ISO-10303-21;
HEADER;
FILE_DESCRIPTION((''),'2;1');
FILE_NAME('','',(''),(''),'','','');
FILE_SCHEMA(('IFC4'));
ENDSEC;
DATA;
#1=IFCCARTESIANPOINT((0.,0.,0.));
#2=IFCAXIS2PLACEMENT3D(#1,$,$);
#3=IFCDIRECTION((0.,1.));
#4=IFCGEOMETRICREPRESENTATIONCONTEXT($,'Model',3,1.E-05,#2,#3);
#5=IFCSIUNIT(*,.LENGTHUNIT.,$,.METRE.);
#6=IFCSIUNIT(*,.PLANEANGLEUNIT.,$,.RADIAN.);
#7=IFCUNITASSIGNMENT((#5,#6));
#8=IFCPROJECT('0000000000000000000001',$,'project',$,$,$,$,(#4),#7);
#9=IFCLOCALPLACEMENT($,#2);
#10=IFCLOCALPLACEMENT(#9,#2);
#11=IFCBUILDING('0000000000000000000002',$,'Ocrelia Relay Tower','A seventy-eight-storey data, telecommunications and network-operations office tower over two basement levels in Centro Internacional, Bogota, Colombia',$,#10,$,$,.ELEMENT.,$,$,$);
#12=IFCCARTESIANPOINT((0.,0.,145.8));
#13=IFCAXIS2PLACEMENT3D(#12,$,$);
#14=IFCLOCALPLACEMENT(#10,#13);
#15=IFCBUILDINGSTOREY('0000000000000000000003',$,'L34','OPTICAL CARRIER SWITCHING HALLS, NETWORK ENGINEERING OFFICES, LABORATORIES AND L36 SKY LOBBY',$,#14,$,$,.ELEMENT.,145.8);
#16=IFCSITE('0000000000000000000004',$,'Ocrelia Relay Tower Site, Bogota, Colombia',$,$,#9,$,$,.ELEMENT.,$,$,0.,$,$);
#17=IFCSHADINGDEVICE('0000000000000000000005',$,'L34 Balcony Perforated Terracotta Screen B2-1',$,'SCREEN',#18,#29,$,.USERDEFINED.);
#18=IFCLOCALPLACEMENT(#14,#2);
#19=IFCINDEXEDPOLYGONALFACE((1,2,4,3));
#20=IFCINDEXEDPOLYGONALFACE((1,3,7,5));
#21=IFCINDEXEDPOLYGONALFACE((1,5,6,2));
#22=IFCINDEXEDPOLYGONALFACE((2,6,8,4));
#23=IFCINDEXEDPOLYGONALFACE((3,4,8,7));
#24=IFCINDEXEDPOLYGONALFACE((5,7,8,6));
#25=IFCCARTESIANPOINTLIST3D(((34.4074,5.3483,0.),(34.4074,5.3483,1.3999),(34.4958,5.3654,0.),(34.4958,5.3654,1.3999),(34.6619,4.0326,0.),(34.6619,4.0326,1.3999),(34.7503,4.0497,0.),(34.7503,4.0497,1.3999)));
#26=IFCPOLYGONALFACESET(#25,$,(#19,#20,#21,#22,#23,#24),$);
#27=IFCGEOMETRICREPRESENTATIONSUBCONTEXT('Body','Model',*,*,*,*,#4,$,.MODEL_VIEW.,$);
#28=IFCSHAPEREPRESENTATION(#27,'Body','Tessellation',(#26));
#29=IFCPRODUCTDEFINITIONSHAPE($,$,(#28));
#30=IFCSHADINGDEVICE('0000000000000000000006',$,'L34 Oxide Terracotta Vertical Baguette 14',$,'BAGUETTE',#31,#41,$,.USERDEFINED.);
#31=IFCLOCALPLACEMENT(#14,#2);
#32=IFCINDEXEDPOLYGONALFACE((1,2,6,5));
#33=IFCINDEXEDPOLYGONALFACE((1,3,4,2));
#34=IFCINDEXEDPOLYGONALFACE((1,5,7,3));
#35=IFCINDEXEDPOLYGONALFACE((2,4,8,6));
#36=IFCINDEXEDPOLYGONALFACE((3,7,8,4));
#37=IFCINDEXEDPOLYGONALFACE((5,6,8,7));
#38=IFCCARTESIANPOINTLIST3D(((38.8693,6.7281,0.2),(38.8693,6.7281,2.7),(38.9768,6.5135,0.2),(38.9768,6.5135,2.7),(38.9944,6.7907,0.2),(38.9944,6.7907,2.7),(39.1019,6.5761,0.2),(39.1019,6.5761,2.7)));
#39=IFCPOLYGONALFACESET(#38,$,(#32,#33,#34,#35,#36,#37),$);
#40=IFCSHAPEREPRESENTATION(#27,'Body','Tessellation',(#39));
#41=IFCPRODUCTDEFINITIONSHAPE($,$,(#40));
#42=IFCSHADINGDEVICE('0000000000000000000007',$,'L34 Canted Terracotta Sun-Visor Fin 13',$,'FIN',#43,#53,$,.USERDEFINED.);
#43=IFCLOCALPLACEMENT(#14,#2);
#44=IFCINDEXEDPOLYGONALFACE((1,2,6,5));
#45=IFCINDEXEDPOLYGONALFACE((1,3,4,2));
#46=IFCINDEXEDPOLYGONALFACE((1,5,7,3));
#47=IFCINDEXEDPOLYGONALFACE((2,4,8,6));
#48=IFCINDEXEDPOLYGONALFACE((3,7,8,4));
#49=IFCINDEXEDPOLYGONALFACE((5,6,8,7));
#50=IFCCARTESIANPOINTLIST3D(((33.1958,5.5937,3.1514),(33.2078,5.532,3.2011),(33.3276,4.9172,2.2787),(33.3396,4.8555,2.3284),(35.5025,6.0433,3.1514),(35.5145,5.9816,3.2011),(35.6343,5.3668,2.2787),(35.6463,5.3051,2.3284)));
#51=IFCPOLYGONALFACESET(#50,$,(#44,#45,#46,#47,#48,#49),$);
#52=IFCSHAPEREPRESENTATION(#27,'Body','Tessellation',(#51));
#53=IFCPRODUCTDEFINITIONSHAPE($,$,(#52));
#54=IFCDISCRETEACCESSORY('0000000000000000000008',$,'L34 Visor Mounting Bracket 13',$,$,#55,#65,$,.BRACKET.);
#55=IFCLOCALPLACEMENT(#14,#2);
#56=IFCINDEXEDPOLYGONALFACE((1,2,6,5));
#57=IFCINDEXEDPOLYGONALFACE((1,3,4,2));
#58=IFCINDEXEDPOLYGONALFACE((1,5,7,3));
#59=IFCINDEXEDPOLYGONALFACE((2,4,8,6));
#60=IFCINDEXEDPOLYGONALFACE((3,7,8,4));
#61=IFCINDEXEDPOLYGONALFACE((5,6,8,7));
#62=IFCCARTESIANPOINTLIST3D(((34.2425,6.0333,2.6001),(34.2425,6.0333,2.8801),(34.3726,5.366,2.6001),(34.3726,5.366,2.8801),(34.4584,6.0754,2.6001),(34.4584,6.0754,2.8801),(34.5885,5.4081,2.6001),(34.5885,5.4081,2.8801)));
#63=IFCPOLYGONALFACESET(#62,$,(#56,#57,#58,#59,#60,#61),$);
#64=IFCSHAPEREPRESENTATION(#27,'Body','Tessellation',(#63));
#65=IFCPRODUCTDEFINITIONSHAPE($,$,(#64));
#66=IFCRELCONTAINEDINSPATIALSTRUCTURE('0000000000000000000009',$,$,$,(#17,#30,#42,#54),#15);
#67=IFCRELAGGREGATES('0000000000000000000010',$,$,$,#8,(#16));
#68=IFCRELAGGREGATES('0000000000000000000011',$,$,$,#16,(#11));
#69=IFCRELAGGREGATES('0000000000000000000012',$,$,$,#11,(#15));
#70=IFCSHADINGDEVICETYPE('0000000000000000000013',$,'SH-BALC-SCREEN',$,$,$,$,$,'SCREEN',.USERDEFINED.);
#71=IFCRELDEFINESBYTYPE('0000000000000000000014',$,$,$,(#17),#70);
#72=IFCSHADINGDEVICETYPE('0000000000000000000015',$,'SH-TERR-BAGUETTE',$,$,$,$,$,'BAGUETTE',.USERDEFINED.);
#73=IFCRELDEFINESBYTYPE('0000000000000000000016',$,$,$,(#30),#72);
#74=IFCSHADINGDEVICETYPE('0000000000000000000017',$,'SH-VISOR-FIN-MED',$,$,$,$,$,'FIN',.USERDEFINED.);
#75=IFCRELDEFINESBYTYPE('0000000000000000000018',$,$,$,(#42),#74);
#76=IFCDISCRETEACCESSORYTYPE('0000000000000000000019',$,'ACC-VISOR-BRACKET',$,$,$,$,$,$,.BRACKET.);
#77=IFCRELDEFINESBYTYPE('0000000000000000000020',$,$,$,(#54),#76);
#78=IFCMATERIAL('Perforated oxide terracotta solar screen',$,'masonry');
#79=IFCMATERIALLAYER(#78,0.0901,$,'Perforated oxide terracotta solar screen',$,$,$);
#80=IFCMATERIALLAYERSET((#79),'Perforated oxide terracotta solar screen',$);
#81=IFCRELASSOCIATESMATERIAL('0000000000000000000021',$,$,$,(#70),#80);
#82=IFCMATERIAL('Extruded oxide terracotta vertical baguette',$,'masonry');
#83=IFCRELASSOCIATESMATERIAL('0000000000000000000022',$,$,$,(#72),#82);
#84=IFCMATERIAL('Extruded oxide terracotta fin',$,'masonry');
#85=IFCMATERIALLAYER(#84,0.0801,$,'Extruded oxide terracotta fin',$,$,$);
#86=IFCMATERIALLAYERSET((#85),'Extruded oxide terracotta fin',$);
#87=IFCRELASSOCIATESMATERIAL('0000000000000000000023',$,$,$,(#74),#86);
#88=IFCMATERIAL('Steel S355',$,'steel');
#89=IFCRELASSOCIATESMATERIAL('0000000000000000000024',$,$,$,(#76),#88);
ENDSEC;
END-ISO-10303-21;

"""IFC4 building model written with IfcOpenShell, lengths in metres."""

from ifc_helpers import new_model, si_unit, direction, frame, origin, origin_2d, place, context, subcontext, project, spatial, rectangle, extrude, material, layer, layer_set, type_object, element, save


model = new_model("IFC4")

# Units and contexts
model_context = context("Model", 3, precision=1e-05, world=origin(), true_north=direction((0.0, 1.0)))
body_context = subcontext(model_context, "Body", "Model", "MODEL_VIEW")
ifc_project = project(units=[si_unit("LENGTHUNIT", "METRE"), si_unit("PLANEANGLEUNIT", "RADIAN")], contexts=[model_context])

# Site, building, storey
site_placement = place(None, origin())
site = spatial("IfcSite", under=ifc_project, at=site_placement, Name="Ocrelia Relay Tower Site, Bogota, Colombia", CompositionType="ELEMENT", RefElevation=0.0)
building_placement = place(site_placement, origin())
building = spatial("IfcBuilding", under=site, at=building_placement, Name="Ocrelia Relay Tower", Description="A seventy-eight-storey data, telecommunications and network-operations office tower over two basement levels in Centro Internacional, Bogota, Colombia", CompositionType="ELEMENT")
storey_placement = place(building_placement, frame((0.0, 0.0, 145.8)))
storey = spatial("IfcBuildingStorey", under=building, at=storey_placement, Name="L34", Description="OPTICAL CARRIER SWITCHING HALLS, NETWORK ENGINEERING OFFICES, LABORATORIES AND L36 SKY LOBBY", CompositionType="ELEMENT", Elevation=145.8)

# Shared definitions
ifc_material_1 = material(Name="Steel S355", Category="steel")

# Shading devices
ifc_material_2 = material(Name="Perforated oxide terracotta solar screen", Category="masonry")
ifc_layer_1 = layer(ifc_material_2, 0.0901, Name="Perforated oxide terracotta solar screen")
ifc_layer_set_1 = layer_set([ifc_layer_1], Name="Perforated oxide terracotta solar screen")
shading_device_type_1 = type_object("IfcShadingDeviceType", Name="SH-BALC-SCREEN", ElementType="SCREEN", PredefinedType="USERDEFINED", material=ifc_layer_set_1)
shading_device_1_placement = place(storey_placement, frame((34.5789, 4.699, 0.0), z_axis=(0.0, 0.0, 1.0), x_axis=(0.189888, -0.981806, 0.0)))
element("IfcShadingDevice", 1, at=shading_device_1_placement, inside=storey, type_object=shading_device_type_1, Name="L34 Balcony Perforated Terracotta Screen B2-1", ObjectType="SCREEN", PredefinedType="USERDEFINED", context=body_context, shape_type="SweptSolid", body=[
    extrude(rectangle(XDim=1.3401, YDim=0.0901, at=origin_2d()), origin(), (0.0, 0.0, 1.0), 1.3999),
])
ifc_material_3 = material(Name="Extruded oxide terracotta vertical baguette", Category="masonry")
shading_device_type_2 = type_object("IfcShadingDeviceType", Name="SH-TERR-BAGUETTE", ElementType="BAGUETTE", PredefinedType="USERDEFINED", material=ifc_material_3)
shading_device_2_placement = place(storey_placement, frame((38.9856, 6.6521, 0.2), z_axis=(0.0, 0.0, 1.0), x_axis=(0.894155, 0.447758, 0.0)))
element("IfcShadingDevice", 2, at=shading_device_2_placement, inside=storey, type_object=shading_device_type_2, Name="L34 Oxide Terracotta Vertical Baguette 14", ObjectType="BAGUETTE", PredefinedType="USERDEFINED", context=body_context, shape_type="SweptSolid", body=[
    extrude(rectangle(XDim=0.1399, YDim=0.24, at=origin_2d()), origin(), (0.0, 0.0, 1.0), 2.5),
])
ifc_material_4 = material(Name="Extruded oxide terracotta fin", Category="masonry")
ifc_layer_2 = layer(ifc_material_4, 0.0801, Name="Extruded oxide terracotta fin")
ifc_layer_set_2 = layer_set([ifc_layer_2], Name="Extruded oxide terracotta fin")
shading_device_type_3 = type_object("IfcShadingDeviceType", Name="SH-VISOR-FIN-MED", ElementType="FIN", PredefinedType="USERDEFINED", material=ifc_layer_set_2)
shading_device_3_placement = place(storey_placement, frame((34.415, 5.4802, 2.7151), z_axis=(0.150133, -0.770282, 0.619779), x_axis=(0.98153, 0.191307, 0.0)))
element("IfcShadingDevice", 3, at=shading_device_3_placement, inside=storey, type_object=shading_device_type_3, Name="L34 Canted Terracotta Sun-Visor Fin 13", ObjectType="FIN", PredefinedType="USERDEFINED", context=body_context, shape_type="SweptSolid", body=[
    extrude(rectangle(XDim=2.3501, YDim=1.1121, at=origin_2d()), origin(), (0.0, 0.0, 1.0), 0.0801),
])

# Discrete accessory
discrete_accessory_type = type_object("IfcDiscreteAccessoryType", Name="ACC-VISOR-BRACKET", PredefinedType="BRACKET", material=ifc_material_1)
discrete_accessory_placement = place(storey_placement, frame((34.4155, 5.7207, 2.6001), z_axis=(0.0, 0.0, 1.0), x_axis=(0.98153, 0.191307, 0.0)))
element("IfcDiscreteAccessory", 4, at=discrete_accessory_placement, inside=storey, type_object=discrete_accessory_type, Name="L34 Visor Mounting Bracket 13", PredefinedType="BRACKET", context=body_context, shape_type="SweptSolid", body=[
    extrude(rectangle(XDim=0.22, YDim=0.6799, at=origin_2d()), origin(), (0.0, 0.0, 1.0), 0.28),
])

save(model, "model.ifc")
